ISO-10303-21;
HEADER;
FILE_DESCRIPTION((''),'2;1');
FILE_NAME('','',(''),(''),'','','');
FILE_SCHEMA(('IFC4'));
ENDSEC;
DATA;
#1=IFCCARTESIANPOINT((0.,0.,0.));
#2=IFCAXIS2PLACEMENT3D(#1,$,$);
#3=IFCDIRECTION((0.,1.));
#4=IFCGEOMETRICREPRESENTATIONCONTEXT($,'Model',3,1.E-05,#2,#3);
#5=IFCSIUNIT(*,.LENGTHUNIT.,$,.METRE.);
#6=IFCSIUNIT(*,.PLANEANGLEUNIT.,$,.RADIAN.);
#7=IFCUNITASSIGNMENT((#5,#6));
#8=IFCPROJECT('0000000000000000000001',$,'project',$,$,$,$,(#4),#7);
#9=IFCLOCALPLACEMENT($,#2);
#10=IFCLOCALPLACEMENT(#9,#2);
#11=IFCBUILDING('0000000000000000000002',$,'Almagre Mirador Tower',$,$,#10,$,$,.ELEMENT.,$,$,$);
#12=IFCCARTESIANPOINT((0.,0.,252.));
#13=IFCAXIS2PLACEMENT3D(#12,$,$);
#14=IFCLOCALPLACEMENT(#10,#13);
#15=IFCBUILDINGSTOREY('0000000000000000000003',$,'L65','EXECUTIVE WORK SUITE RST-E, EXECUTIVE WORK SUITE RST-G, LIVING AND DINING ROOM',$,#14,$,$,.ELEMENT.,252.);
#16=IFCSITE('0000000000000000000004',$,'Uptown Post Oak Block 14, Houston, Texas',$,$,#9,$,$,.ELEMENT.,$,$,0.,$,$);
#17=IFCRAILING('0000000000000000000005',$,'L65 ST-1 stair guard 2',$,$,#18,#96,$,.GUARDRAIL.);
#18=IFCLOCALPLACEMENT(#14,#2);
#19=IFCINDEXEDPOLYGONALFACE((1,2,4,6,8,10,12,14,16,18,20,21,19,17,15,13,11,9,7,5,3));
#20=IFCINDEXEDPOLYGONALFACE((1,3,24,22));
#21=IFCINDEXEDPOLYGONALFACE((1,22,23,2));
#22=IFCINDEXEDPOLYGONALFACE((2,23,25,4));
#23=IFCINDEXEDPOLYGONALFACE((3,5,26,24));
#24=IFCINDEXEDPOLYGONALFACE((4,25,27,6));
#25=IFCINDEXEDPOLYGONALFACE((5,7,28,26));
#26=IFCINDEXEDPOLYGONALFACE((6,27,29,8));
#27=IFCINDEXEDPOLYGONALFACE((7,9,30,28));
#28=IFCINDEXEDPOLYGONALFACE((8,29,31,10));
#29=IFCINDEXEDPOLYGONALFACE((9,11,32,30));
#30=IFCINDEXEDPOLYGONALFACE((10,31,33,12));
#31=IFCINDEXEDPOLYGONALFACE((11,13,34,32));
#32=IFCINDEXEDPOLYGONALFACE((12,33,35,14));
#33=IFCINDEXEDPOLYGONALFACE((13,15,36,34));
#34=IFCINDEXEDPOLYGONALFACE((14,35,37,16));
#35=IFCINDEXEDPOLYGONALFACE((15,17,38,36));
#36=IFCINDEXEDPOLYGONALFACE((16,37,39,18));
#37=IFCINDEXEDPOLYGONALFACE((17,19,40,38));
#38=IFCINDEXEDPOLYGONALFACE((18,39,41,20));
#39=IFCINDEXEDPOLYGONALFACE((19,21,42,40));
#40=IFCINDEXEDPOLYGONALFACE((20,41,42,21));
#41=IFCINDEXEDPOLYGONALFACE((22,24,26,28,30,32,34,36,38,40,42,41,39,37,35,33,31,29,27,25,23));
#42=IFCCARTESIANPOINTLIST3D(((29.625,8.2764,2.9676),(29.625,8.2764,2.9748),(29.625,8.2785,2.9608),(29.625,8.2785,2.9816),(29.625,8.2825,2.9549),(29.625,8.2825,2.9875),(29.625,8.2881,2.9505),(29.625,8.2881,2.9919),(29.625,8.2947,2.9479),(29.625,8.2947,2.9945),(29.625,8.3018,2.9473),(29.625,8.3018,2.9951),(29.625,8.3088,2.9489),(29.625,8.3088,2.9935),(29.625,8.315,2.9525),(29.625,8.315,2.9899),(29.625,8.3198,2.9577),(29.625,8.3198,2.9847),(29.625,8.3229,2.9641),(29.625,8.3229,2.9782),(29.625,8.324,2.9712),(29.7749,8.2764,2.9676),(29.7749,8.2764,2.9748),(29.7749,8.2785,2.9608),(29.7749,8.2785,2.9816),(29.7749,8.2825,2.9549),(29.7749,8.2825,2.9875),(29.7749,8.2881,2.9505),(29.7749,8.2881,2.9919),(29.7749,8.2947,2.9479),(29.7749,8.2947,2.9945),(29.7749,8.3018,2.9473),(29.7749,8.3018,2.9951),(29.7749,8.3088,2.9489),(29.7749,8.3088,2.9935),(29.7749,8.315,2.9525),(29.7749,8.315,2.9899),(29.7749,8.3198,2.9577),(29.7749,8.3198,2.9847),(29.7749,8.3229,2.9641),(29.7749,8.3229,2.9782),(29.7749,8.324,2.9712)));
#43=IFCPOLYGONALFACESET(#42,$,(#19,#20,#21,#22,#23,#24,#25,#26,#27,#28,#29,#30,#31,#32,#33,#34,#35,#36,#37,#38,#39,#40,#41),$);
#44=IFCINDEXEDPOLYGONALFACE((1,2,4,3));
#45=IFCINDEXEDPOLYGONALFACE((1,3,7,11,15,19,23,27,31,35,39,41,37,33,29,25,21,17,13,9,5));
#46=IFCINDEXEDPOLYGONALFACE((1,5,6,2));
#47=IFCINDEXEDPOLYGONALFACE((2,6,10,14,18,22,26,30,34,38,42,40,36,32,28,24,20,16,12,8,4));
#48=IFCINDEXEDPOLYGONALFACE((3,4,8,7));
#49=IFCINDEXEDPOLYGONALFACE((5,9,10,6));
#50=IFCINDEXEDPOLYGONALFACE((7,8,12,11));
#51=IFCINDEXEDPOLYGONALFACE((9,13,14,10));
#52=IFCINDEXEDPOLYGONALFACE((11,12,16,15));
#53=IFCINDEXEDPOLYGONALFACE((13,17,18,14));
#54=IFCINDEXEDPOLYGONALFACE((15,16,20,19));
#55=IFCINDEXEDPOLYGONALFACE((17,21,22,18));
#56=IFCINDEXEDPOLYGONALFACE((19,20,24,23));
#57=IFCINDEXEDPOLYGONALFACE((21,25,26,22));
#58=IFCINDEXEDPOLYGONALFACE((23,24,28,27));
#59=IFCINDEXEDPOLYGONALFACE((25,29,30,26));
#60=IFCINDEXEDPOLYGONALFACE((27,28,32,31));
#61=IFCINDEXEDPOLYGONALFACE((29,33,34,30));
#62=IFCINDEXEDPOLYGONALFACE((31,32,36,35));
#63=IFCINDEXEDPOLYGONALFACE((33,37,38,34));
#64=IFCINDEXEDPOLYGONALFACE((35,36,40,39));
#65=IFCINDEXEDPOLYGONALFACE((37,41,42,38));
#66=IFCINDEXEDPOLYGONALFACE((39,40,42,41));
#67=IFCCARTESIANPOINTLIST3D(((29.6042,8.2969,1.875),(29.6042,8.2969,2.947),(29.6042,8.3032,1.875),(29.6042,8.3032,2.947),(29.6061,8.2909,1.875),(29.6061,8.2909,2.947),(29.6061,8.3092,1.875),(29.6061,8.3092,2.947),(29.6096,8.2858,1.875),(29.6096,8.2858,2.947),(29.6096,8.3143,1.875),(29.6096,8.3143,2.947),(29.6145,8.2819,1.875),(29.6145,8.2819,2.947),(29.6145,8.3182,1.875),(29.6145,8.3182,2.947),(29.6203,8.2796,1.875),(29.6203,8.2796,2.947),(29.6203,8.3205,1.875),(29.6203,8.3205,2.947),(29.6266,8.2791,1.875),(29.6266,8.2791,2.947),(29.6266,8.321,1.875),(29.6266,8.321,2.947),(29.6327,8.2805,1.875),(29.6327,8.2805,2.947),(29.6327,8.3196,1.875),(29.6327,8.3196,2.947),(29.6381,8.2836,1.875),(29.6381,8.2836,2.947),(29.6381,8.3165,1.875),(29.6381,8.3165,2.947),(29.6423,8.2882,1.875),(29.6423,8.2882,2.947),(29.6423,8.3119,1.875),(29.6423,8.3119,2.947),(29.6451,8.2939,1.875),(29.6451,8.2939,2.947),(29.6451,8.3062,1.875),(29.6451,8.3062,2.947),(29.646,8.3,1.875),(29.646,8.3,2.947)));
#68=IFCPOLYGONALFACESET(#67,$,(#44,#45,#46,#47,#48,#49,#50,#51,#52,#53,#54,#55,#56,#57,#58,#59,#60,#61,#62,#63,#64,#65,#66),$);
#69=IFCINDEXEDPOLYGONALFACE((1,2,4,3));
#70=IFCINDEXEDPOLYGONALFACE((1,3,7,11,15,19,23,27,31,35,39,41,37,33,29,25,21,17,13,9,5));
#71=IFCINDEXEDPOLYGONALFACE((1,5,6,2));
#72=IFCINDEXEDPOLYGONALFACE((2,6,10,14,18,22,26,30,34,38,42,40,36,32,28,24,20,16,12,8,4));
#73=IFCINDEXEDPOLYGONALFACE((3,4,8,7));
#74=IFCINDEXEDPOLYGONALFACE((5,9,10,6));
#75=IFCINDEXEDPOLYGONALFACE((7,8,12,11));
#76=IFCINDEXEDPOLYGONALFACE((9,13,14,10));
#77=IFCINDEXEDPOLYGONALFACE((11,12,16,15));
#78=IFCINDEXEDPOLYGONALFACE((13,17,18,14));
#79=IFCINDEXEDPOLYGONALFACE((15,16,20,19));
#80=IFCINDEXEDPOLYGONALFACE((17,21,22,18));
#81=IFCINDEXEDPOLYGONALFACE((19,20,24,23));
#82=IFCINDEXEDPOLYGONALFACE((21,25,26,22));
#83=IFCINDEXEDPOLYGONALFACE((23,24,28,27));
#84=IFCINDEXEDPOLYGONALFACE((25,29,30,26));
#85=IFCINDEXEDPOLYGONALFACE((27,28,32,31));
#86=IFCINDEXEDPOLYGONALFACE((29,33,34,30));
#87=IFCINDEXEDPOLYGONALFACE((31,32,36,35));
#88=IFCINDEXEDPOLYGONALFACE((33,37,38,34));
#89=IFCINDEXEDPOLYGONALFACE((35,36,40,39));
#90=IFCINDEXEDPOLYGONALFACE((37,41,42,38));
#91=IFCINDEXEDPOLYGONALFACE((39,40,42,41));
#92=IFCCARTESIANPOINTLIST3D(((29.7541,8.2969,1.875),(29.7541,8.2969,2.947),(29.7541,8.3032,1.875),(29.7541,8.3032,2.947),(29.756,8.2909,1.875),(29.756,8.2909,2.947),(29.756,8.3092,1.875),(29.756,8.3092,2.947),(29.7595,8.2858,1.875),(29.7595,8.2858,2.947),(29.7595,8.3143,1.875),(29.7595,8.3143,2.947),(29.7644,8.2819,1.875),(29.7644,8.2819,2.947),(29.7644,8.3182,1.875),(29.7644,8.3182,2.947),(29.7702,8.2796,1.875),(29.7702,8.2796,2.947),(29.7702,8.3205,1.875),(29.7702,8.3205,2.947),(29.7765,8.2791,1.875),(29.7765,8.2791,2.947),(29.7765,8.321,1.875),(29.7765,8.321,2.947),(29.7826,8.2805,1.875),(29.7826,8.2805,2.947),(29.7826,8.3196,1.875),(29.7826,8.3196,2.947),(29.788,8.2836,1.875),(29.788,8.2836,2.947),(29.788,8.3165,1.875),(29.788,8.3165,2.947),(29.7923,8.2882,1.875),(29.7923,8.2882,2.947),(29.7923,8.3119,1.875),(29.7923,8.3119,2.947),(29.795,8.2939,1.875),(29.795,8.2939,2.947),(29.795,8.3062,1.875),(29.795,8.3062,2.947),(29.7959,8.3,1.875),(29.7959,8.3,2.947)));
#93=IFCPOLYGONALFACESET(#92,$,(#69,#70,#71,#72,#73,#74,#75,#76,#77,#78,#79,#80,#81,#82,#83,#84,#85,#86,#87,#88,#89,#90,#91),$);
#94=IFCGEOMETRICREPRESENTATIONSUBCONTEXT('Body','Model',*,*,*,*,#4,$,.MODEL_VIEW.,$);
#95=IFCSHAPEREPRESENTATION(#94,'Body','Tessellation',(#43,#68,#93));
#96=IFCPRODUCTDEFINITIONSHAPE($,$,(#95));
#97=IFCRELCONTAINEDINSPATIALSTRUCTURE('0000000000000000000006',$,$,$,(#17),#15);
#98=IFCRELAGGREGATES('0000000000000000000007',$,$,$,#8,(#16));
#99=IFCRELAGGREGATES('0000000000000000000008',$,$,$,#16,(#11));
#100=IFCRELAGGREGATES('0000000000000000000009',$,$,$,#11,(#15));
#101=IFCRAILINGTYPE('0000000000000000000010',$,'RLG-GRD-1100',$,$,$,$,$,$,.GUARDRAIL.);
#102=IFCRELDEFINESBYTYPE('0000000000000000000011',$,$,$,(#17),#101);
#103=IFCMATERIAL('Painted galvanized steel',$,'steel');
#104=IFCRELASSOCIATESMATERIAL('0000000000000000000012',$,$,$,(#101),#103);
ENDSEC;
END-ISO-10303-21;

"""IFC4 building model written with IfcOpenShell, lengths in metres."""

from ifc_helpers import new_model, si_unit, direction, frame, origin, origin_2d, place, context, subcontext, project, spatial, circle, extrude, material, type_object, element, save


model = new_model("IFC4")

# Units and contexts
model_context = context("Model", 3, precision=1e-05, world=origin(), true_north=direction((0.0, 1.0)))
body_context = subcontext(model_context, "Body", "Model", "MODEL_VIEW")
ifc_project = project(units=[si_unit("LENGTHUNIT", "METRE"), si_unit("PLANEANGLEUNIT", "RADIAN")], contexts=[model_context])

# Site, building, storey
site_placement = place(None, origin())
site = spatial("IfcSite", under=ifc_project, at=site_placement, Name="Uptown Post Oak Block 14, Houston, Texas", CompositionType="ELEMENT", RefElevation=0.0)
building_placement = place(site_placement, origin())
building = spatial("IfcBuilding", under=site, at=building_placement, Name="Almagre Mirador Tower", CompositionType="ELEMENT")
storey_placement = place(building_placement, frame((0.0, 0.0, 252.0)))
storey = spatial("IfcBuildingStorey", under=building, at=storey_placement, Name="L65", Description="EXECUTIVE WORK SUITE RST-E, EXECUTIVE WORK SUITE RST-G, LIVING AND DINING ROOM", CompositionType="ELEMENT", Elevation=252.0)

# Railing
ifc_material_1 = material(Name="Painted galvanized steel", Category="steel")
railing_type_1 = type_object("IfcRailingType", Name="RLG-GRD-1100", PredefinedType="GUARDRAIL", material=ifc_material_1)
railing_1_placement = place(storey_placement, frame((29.625, 8.3, 1.875)))
element("IfcRailing", 1, at=railing_1_placement, inside=storey, type_object=railing_type_1, Name="L65 ST-1 stair guard 2", PredefinedType="GUARDRAIL", context=body_context, shape_type="SweptSolid", body=[
    extrude(circle(Radius=0.0239, at=origin_2d()), frame((0.0, 0.0, 1.0962), z_axis=(1.0, 0.0, 0.0), x_axis=(0.0, 1.0, 0.0)), (0.0, 0.0, 1.0), 0.1499),
    extrude(circle(Radius=0.021, at=origin_2d()), origin(), (0.0, 0.0, 1.0), 1.072),
    extrude(circle(Radius=0.021, at=origin_2d()), frame((0.1499, 0.0, 0.0)), (0.0, 0.0, 1.0), 1.072),
])

save(model, "model.ifc")
